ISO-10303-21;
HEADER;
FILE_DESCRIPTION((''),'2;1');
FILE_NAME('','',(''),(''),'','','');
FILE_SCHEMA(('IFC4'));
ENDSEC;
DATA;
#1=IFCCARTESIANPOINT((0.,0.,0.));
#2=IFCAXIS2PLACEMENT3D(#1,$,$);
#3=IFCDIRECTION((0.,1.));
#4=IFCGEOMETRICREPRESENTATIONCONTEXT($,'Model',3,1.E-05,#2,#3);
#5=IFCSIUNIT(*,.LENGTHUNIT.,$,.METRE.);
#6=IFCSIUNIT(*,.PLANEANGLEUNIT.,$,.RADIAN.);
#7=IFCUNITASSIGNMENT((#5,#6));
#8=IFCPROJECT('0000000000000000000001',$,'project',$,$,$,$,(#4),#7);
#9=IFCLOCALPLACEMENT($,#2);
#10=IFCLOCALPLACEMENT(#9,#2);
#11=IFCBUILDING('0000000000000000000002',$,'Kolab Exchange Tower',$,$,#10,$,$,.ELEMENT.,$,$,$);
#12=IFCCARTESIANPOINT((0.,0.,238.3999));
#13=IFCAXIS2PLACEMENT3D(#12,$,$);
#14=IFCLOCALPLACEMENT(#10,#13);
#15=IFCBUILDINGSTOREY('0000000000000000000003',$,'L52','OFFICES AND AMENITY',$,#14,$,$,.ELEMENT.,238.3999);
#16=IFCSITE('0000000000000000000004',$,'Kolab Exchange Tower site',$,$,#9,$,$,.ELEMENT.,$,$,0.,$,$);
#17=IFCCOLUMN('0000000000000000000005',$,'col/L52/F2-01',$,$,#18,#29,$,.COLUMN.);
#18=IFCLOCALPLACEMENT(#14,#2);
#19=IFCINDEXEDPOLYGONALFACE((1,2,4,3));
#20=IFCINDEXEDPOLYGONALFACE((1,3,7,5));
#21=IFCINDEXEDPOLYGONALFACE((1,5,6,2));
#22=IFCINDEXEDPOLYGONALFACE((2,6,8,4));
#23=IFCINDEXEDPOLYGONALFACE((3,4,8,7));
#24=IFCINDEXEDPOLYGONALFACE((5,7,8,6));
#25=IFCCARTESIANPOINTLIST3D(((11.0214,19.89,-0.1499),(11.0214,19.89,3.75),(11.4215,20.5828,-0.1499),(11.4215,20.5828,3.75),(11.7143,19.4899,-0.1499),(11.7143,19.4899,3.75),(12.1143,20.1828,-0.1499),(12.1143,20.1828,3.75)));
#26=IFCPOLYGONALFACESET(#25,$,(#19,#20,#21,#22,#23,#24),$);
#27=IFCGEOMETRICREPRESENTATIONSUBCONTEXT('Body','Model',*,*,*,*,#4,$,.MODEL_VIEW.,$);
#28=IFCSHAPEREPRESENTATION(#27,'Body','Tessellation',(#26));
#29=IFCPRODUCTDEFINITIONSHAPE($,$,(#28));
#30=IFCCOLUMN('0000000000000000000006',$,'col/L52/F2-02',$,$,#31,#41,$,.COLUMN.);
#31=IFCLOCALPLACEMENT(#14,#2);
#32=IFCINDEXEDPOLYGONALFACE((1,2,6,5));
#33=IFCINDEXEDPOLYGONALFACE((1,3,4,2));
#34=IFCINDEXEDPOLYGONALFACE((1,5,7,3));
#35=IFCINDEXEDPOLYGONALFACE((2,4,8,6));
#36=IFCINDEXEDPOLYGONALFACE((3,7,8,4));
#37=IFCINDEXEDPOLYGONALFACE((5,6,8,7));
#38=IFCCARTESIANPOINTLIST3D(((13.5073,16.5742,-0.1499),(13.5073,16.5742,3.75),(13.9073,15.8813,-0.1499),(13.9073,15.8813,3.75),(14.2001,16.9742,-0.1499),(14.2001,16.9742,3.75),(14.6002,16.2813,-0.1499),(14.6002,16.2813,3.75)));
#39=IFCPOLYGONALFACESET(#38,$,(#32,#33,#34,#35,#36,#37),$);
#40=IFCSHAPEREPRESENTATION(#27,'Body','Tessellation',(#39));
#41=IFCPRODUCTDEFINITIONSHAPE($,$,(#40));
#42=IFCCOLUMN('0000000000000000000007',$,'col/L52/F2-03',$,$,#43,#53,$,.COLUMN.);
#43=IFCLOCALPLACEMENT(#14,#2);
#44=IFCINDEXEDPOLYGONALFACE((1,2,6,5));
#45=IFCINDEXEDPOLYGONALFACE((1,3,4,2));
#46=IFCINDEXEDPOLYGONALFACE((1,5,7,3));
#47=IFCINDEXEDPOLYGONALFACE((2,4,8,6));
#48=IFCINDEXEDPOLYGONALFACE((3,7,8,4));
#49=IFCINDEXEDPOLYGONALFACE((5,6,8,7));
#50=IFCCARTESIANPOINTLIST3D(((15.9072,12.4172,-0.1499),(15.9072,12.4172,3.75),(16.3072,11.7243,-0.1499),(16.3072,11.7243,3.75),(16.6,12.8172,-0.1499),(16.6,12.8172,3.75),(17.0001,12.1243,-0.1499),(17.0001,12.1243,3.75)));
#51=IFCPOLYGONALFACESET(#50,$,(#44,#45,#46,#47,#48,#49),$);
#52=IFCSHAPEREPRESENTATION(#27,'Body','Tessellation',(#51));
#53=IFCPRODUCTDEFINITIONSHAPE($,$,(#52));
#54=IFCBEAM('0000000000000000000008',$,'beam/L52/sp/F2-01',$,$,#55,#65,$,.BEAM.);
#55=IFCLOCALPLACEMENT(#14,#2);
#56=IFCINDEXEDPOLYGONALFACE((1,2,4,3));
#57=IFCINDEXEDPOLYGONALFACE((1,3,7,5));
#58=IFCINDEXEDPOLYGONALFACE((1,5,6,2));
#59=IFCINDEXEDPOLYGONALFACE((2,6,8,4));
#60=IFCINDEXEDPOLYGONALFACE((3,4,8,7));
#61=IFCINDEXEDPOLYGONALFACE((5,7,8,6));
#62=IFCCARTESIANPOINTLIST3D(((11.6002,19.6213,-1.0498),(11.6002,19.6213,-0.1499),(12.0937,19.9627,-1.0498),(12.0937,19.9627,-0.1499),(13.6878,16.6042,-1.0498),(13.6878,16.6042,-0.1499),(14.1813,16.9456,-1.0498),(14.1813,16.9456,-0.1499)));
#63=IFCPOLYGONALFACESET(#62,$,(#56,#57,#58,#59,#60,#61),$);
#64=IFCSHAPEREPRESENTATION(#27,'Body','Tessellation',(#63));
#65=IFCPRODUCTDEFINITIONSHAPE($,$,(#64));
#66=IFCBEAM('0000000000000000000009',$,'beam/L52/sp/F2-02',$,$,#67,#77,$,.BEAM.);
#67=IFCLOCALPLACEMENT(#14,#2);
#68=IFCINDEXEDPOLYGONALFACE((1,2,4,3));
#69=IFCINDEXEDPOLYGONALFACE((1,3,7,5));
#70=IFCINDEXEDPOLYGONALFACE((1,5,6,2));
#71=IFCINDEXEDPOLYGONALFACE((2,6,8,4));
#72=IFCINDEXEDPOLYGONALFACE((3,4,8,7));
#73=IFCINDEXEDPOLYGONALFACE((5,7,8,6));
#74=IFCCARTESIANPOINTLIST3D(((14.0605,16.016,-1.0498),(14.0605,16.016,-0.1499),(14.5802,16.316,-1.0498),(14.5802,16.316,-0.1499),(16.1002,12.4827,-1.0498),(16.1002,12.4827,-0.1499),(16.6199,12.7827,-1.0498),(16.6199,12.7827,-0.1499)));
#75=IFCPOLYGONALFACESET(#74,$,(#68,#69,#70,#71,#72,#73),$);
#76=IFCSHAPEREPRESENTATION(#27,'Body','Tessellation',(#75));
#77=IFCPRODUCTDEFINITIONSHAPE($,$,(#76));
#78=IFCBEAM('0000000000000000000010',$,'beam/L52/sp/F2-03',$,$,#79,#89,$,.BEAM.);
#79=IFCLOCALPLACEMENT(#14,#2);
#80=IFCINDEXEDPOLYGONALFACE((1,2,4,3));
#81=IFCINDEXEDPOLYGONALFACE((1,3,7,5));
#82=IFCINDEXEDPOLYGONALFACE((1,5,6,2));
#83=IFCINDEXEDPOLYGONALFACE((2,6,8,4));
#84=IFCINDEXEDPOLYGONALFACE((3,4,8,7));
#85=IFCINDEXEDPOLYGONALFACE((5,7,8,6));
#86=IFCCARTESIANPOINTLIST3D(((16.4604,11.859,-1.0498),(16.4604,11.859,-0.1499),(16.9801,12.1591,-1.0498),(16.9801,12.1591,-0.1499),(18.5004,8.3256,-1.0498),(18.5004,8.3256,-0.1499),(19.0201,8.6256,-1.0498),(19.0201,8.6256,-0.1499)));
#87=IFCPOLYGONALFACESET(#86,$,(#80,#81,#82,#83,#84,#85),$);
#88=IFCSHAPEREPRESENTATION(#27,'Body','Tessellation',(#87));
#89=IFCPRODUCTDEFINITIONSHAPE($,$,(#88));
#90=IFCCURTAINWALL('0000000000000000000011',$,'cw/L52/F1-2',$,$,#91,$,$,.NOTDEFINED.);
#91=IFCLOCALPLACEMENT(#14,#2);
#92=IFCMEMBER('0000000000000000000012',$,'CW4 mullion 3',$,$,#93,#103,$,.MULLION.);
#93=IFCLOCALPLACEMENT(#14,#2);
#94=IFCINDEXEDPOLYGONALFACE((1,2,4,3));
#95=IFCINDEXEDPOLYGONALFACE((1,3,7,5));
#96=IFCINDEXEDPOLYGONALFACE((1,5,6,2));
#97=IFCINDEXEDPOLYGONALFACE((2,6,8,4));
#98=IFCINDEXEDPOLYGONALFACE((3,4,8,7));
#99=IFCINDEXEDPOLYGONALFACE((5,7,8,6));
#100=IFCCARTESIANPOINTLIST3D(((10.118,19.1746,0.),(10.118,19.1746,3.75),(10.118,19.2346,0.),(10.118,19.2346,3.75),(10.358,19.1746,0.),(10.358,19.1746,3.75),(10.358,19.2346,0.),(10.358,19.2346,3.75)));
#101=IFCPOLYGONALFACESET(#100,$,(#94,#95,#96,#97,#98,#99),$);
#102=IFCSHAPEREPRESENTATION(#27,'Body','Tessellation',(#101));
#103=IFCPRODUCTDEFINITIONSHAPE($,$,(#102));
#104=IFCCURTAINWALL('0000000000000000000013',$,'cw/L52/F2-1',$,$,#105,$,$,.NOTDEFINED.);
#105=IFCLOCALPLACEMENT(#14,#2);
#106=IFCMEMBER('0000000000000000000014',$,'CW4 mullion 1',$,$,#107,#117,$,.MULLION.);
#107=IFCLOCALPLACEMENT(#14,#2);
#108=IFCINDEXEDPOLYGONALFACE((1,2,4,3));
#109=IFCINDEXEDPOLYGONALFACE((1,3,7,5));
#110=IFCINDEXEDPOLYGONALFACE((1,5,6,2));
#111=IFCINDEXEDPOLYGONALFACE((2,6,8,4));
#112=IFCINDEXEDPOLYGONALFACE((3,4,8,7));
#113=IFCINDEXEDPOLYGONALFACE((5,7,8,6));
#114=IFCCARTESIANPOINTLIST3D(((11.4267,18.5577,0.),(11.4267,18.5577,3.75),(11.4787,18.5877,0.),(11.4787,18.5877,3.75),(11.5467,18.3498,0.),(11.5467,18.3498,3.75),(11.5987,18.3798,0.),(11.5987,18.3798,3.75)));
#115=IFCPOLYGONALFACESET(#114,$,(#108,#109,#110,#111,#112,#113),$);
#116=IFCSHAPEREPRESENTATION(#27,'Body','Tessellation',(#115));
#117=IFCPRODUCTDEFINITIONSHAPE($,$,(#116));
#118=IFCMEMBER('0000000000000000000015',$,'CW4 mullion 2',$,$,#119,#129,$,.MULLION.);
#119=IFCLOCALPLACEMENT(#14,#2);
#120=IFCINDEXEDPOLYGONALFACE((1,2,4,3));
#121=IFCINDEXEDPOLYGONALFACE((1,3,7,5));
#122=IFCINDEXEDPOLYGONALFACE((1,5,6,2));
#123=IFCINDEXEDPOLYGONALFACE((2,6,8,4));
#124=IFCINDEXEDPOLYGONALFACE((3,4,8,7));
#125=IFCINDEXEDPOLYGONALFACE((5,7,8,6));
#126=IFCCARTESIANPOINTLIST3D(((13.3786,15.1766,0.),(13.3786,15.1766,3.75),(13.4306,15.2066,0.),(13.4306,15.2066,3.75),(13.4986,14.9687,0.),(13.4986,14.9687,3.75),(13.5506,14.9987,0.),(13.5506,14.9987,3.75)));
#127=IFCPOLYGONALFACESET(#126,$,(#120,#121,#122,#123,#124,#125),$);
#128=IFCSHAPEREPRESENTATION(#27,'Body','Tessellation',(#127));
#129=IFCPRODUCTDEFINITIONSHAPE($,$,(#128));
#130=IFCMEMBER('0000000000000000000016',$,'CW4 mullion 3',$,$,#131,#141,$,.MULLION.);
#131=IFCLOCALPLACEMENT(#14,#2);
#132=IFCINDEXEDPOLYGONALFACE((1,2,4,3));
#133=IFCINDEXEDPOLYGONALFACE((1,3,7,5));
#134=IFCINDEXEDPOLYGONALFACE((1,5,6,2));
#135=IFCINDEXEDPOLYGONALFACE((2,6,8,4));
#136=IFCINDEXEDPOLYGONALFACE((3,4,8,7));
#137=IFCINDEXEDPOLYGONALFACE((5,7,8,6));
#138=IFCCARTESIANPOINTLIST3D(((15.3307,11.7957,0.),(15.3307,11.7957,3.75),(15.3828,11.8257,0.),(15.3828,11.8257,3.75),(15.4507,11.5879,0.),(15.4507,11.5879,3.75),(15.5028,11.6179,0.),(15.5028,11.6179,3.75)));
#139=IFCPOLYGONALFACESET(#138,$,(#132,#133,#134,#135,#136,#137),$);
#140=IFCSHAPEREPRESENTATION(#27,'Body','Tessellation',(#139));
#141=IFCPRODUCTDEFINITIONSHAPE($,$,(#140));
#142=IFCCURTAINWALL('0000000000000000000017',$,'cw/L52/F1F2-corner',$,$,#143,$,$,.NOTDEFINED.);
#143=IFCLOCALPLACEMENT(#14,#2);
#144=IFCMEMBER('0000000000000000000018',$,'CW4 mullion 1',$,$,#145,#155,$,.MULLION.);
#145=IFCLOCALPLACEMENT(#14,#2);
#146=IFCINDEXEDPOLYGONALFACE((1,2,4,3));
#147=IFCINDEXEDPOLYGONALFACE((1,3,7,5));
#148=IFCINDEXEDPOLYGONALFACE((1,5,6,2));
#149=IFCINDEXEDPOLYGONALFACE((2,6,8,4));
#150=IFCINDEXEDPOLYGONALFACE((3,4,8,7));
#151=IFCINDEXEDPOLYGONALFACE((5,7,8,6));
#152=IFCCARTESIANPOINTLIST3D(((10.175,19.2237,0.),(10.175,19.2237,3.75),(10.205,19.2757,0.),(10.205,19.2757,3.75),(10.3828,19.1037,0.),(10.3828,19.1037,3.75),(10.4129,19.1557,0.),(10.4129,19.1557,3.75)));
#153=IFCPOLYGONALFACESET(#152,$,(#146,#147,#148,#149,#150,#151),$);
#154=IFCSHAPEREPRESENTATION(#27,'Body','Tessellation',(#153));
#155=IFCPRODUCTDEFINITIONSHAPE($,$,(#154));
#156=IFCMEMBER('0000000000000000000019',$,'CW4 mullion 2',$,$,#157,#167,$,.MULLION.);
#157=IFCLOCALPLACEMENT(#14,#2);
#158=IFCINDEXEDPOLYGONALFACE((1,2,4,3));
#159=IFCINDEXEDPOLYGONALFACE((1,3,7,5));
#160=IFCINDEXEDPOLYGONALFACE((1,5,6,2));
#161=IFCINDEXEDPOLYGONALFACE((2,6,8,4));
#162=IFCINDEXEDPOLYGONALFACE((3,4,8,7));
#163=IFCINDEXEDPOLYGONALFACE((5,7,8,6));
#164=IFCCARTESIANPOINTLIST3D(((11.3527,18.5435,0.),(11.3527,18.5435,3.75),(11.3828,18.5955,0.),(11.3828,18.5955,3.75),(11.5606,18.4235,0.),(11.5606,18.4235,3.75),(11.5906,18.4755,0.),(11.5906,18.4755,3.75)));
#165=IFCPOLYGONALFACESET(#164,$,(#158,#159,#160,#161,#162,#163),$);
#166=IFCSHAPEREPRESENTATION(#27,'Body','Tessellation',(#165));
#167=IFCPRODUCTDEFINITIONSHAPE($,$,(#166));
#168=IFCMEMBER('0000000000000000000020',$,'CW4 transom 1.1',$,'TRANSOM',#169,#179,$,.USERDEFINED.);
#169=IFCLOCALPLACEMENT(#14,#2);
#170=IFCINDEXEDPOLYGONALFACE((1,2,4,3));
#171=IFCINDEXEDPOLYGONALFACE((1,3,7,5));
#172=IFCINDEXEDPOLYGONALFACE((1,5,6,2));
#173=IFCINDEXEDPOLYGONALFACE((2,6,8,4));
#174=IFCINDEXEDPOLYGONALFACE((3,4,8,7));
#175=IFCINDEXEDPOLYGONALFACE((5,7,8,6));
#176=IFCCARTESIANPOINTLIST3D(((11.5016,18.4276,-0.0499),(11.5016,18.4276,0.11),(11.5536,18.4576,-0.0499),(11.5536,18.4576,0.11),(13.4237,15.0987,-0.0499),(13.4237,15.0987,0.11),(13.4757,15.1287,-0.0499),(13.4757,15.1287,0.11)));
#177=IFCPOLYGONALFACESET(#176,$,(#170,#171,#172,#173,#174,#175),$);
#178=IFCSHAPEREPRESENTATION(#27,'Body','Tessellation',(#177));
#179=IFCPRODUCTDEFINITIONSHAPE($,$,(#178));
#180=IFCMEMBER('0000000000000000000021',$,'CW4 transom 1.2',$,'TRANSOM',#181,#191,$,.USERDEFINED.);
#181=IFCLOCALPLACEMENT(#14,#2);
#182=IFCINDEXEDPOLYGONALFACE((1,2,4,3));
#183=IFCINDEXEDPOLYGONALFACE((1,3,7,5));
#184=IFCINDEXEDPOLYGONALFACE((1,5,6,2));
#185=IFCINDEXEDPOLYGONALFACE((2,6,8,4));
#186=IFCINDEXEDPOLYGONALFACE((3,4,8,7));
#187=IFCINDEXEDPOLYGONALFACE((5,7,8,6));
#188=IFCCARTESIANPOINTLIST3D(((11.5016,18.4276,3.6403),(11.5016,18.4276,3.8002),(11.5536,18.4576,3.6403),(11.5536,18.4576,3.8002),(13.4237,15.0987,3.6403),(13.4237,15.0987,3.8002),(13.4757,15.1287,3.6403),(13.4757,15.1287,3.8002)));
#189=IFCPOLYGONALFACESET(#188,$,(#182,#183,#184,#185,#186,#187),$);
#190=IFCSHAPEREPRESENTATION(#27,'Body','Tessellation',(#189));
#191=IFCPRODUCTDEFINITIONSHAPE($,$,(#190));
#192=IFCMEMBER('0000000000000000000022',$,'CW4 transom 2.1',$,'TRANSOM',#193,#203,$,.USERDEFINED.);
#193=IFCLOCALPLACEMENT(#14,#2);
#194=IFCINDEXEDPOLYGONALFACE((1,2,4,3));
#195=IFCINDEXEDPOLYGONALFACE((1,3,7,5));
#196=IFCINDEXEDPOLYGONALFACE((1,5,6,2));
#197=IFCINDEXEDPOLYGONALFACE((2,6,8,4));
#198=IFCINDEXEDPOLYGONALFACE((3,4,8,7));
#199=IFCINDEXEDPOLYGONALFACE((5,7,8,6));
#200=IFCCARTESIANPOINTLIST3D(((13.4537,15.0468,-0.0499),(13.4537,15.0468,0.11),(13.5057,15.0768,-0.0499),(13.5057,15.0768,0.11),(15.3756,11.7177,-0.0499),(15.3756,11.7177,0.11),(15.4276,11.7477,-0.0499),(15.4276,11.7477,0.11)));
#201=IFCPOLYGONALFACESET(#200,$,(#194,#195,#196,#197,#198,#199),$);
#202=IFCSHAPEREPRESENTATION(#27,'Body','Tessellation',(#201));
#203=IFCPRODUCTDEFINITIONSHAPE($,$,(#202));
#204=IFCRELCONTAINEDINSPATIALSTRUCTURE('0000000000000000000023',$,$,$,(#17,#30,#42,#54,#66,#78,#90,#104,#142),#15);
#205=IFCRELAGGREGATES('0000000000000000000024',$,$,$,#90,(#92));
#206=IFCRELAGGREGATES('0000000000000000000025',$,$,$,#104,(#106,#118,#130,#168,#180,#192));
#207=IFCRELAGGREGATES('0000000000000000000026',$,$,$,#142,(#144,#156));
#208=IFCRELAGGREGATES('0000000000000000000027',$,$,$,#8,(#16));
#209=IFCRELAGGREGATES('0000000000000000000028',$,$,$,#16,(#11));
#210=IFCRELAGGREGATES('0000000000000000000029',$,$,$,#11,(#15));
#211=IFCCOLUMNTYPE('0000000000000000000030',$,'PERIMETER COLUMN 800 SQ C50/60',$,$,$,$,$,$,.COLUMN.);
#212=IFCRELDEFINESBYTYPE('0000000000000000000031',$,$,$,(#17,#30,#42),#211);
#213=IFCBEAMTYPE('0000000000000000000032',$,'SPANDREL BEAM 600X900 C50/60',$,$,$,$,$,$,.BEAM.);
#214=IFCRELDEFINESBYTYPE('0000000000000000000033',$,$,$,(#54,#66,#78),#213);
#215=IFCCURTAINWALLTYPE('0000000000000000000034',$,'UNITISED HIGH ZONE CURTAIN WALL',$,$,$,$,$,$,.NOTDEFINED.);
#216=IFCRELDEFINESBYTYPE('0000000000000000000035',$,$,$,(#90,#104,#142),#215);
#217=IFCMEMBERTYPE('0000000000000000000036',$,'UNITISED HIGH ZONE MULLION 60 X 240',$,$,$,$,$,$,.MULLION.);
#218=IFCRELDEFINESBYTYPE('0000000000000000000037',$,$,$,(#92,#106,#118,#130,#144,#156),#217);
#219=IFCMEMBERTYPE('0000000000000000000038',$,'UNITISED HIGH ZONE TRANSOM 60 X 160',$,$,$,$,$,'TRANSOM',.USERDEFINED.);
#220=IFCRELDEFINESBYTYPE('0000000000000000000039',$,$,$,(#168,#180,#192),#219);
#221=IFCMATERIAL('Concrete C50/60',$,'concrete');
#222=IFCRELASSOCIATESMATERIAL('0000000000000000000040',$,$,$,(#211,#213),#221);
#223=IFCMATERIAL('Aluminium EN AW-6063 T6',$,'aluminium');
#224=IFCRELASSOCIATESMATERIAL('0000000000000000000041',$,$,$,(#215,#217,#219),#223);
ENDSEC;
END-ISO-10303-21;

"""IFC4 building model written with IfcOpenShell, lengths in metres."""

from ifc_helpers import new_model, si_unit, direction, frame, origin, origin_2d, place, context, subcontext, project, spatial, rectangle, extrude, material, material_profile, profile_set, type_object, element, aggregate, save


model = new_model("IFC4")

# Units and contexts
model_context = context("Model", 3, precision=1e-05, world=origin(), true_north=direction((0.0, 1.0)))
body_context = subcontext(model_context, "Body", "Model", "MODEL_VIEW")
ifc_project = project(units=[si_unit("LENGTHUNIT", "METRE"), si_unit("PLANEANGLEUNIT", "RADIAN")], contexts=[model_context])

# Site, building, storey
site_placement = place(None, origin())
site = spatial("IfcSite", under=ifc_project, at=site_placement, Name="Kolab Exchange Tower site", CompositionType="ELEMENT", RefElevation=0.0)
building_placement = place(site_placement, origin())
building = spatial("IfcBuilding", under=site, at=building_placement, Name="Kolab Exchange Tower", CompositionType="ELEMENT")
storey_placement = place(building_placement, frame((0.0, 0.0, 238.3999)))
storey = spatial("IfcBuildingStorey", under=building, at=storey_placement, Name="L52", Description="OFFICES AND AMENITY", CompositionType="ELEMENT", Elevation=238.3999)

# Columns
ifc_material_1 = material(Name="Concrete C50/60", Category="concrete")
ifc_material_profile_1 = material_profile(ifc_material_1, rectangle(XDim=0.8, YDim=0.8, at=origin_2d()), Name="RC800")
ifc_profile_set_1 = profile_set([ifc_material_profile_1], Name="Concrete C50/60")
column_type = type_object("IfcColumnType", Name="PERIMETER COLUMN 800 SQ C50/60", PredefinedType="COLUMN", material=ifc_profile_set_1)
for number, where, z_axis, x_axis, name in (
    (1, (11.5679, 20.0364, -0.1499), (0.0, 0.0, 1.0), (0.5, 0.866025, 0.0), "col/L52/F2-01"),
    (2, (14.0537, 16.4277, -0.1499), (0.0, 0.0, 1.0), (0.866025, 0.5, 0.0), "col/L52/F2-02"),
    (3, (16.4536, 12.2708, -0.1499), (0.0, 0.0, 1.0), (0.866025, 0.5, 0.0), "col/L52/F2-03"),
):
    element("IfcColumn", number, at=place(storey_placement, frame(where, z_axis=z_axis, x_axis=x_axis)), inside=storey, type_object=column_type, Name=name, PredefinedType="COLUMN", context=body_context, shape_type="SweptSolid", body=[
        extrude(rectangle(XDim=0.8, YDim=0.8, at=origin_2d()), origin(), (0.0, 0.0, 1.0), 3.8999),
    ])

# Beams
ifc_material_profile_2 = material_profile(ifc_material_1, rectangle(XDim=0.6001, YDim=0.8999, at=origin_2d()), Name="RC600X900")
ifc_profile_set_2 = profile_set([ifc_material_profile_2], Name="Concrete C50/60")
beam_type = type_object("IfcBeamType", Name="SPANDREL BEAM 600X900 C50/60", PredefinedType="BEAM", material=ifc_profile_set_2)
beam_1_placement = place(storey_placement, frame((11.8469, 19.792, -0.5999), z_axis=(0.569006, -0.822334, 0.0), x_axis=(0.822334, 0.569006, 0.0)))
element("IfcBeam", 4, at=beam_1_placement, inside=storey, type_object=beam_type, Name="beam/L52/sp/F2-01", PredefinedType="BEAM", context=body_context, shape_type="SweptSolid", body=[
    extrude(rectangle(XDim=0.6001, YDim=0.8999, at=origin_2d()), origin(), (0.0, 0.0, 1.0), 3.6689),
])
beam_2_placement = place(storey_placement, frame((14.3203, 16.166, -0.5999), z_axis=(0.499956, -0.866051, 0.0), x_axis=(0.866051, 0.499956, 0.0)))
element("IfcBeam", 5, at=beam_2_placement, inside=storey, type_object=beam_type, Name="beam/L52/sp/F2-02", PredefinedType="BEAM", context=body_context, shape_type="SweptSolid", body=[
    extrude(rectangle(XDim=0.6001, YDim=0.8999, at=origin_2d()), origin(), (0.0, 0.0, 1.0), 4.0798),
])
beam_3_placement = place(storey_placement, frame((16.7202, 12.009, -0.5999), z_axis=(0.5, -0.866025, 0.0), x_axis=(0.866025, 0.5, 0.0)))
element("IfcBeam", 6, at=beam_3_placement, inside=storey, type_object=beam_type, Name="beam/L52/sp/F2-03", PredefinedType="BEAM", context=body_context, shape_type="SweptSolid", body=[
    extrude(rectangle(XDim=0.6001, YDim=0.8999, at=origin_2d()), origin(), (0.0, 0.0, 1.0), 4.0801),
])

# Curtain wall, member
ifc_material_2 = material(Name="Aluminium EN AW-6063 T6", Category="aluminium")
curtain_wall_type = type_object("IfcCurtainWallType", Name="UNITISED HIGH ZONE CURTAIN WALL", PredefinedType="NOTDEFINED", material=ifc_material_2)
curtain_wall_1_placement = place(storey_placement, origin())
curtain_wall_1 = element("IfcCurtainWall", 7, at=curtain_wall_1_placement, inside=storey, type_object=curtain_wall_type, Name="cw/L52/F1-2", PredefinedType="NOTDEFINED")
ifc_material_profile_3 = material_profile(ifc_material_2, rectangle(XDim=0.0601, YDim=0.24, at=origin_2d()), Name="RECT 60X240")
ifc_profile_set_3 = profile_set([ifc_material_profile_3], Name="Aluminium EN AW-6063 T6")
member_type_1 = type_object("IfcMemberType", Name="UNITISED HIGH ZONE MULLION 60 X 240", PredefinedType="MULLION", material=ifc_profile_set_3)
member_1_placement = place(storey_placement, frame((10.238, 19.2046, 0.0), z_axis=(0.0, 0.0, 1.0), x_axis=(0.0, 1.0, 0.0)))
member_1 = element("IfcMember", 8, at=member_1_placement, type_object=member_type_1, Name="CW4 mullion 3", PredefinedType="MULLION", context=body_context, shape_type="SweptSolid", body=[
    extrude(rectangle(XDim=0.0601, YDim=0.24, at=origin_2d()), origin(), (0.0, 0.0, 1.0), 3.75),
])
aggregate(curtain_wall_1, [member_1])

# Curtain walls, members
curtain_wall_2_placement = place(storey_placement, origin())
curtain_wall_2 = element("IfcCurtainWall", 9, at=curtain_wall_2_placement, inside=storey, type_object=curtain_wall_type, Name="cw/L52/F2-1", PredefinedType="NOTDEFINED")
member_2_placement = place(storey_placement, frame((11.5127, 18.4688, 0.0), z_axis=(0.0, 0.0, 1.0), x_axis=(0.866025, 0.5, 0.0)))
member_2 = element("IfcMember", 10, at=member_2_placement, type_object=member_type_1, Name="CW4 mullion 1", PredefinedType="MULLION", context=body_context, shape_type="SweptSolid", body=[
    extrude(rectangle(XDim=0.0601, YDim=0.24, at=origin_2d()), origin(), (0.0, 0.0, 1.0), 3.75),
])
member_3_placement = place(storey_placement, frame((13.4646, 15.0876, 0.0), z_axis=(0.0, 0.0, 1.0), x_axis=(0.866025, 0.5, 0.0)))
member_3 = element("IfcMember", 11, at=member_3_placement, type_object=member_type_1, Name="CW4 mullion 2", PredefinedType="MULLION", context=body_context, shape_type="SweptSolid", body=[
    extrude(rectangle(XDim=0.0601, YDim=0.24, at=origin_2d()), origin(), (0.0, 0.0, 1.0), 3.75),
])
member_4_placement = place(storey_placement, frame((15.4167, 11.7068, 0.0), z_axis=(0.0, 0.0, 1.0), x_axis=(0.866025, 0.5, 0.0)))
member_4 = element("IfcMember", 12, at=member_4_placement, type_object=member_type_1, Name="CW4 mullion 3", PredefinedType="MULLION", context=body_context, shape_type="SweptSolid", body=[
    extrude(rectangle(XDim=0.0601, YDim=0.24, at=origin_2d()), origin(), (0.0, 0.0, 1.0), 3.75),
])
curtain_wall_3_placement = place(storey_placement, origin())
curtain_wall_3 = element("IfcCurtainWall", 13, at=curtain_wall_3_placement, inside=storey, type_object=curtain_wall_type, Name="cw/L52/F1F2-corner", PredefinedType="NOTDEFINED")
member_5_placement = place(storey_placement, frame((10.2939, 19.1897, 0.0), z_axis=(0.0, 0.0, 1.0), x_axis=(0.5, 0.866025, 0.0)))
member_5 = element("IfcMember", 14, at=member_5_placement, type_object=member_type_1, Name="CW4 mullion 1", PredefinedType="MULLION", context=body_context, shape_type="SweptSolid", body=[
    extrude(rectangle(XDim=0.0601, YDim=0.24, at=origin_2d()), origin(), (0.0, 0.0, 1.0), 3.75),
])
member_6_placement = place(storey_placement, frame((11.4717, 18.5095, 0.0), z_axis=(0.0, 0.0, 1.0), x_axis=(0.5, 0.866025, 0.0)))
member_6 = element("IfcMember", 15, at=member_6_placement, type_object=member_type_1, Name="CW4 mullion 2", PredefinedType="MULLION", context=body_context, shape_type="SweptSolid", body=[
    extrude(rectangle(XDim=0.0601, YDim=0.24, at=origin_2d()), origin(), (0.0, 0.0, 1.0), 3.75),
])

# Members
ifc_material_profile_4 = material_profile(ifc_material_2, rectangle(XDim=0.0601, YDim=0.1599, at=origin_2d()), Name="RECT 60X160")
ifc_profile_set_4 = profile_set([ifc_material_profile_4], Name="Aluminium EN AW-6063 T6")
member_type_2 = type_object("IfcMemberType", Name="UNITISED HIGH ZONE TRANSOM 60 X 160", ElementType="TRANSOM", PredefinedType="USERDEFINED", material=ifc_profile_set_4)
member_7_placement = place(storey_placement, frame((11.5276, 18.4426, 0.03), z_axis=(0.500039, -0.866003, 0.0), x_axis=(0.866003, 0.500039, 0.0)))
member_7 = element("IfcMember", 16, at=member_7_placement, type_object=member_type_2, Name="CW4 transom 1.1", ObjectType="TRANSOM", PredefinedType="USERDEFINED", context=body_context, shape_type="SweptSolid", body=[
    extrude(rectangle(XDim=0.0601, YDim=0.1599, at=origin_2d()), origin(), (0.0, 0.0, 1.0), 3.844),
])
member_8_placement = place(storey_placement, frame((11.5276, 18.4426, 3.7202), z_axis=(0.500039, -0.866003, 0.0), x_axis=(0.866003, 0.500039, 0.0)))
member_8 = element("IfcMember", 17, at=member_8_placement, type_object=member_type_2, Name="CW4 transom 1.2", ObjectType="TRANSOM", PredefinedType="USERDEFINED", context=body_context, shape_type="SweptSolid", body=[
    extrude(rectangle(XDim=0.0601, YDim=0.1599, at=origin_2d()), origin(), (0.0, 0.0, 1.0), 3.844),
])
member_9_placement = place(storey_placement, frame((13.4797, 15.0618, 0.03), z_axis=(0.499964, -0.866046, 0.0), x_axis=(0.866046, 0.499964, 0.0)))
member_9 = element("IfcMember", 18, at=member_9_placement, type_object=member_type_2, Name="CW4 transom 2.1", ObjectType="TRANSOM", PredefinedType="USERDEFINED", context=body_context, shape_type="SweptSolid", body=[
    extrude(rectangle(XDim=0.0601, YDim=0.1599, at=origin_2d()), origin(), (0.0, 0.0, 1.0), 3.844),
])

aggregate(curtain_wall_2, [member_2, member_3, member_4, member_7, member_8, member_9])
aggregate(curtain_wall_3, [member_5, member_6])

save(model, "model.ifc")
